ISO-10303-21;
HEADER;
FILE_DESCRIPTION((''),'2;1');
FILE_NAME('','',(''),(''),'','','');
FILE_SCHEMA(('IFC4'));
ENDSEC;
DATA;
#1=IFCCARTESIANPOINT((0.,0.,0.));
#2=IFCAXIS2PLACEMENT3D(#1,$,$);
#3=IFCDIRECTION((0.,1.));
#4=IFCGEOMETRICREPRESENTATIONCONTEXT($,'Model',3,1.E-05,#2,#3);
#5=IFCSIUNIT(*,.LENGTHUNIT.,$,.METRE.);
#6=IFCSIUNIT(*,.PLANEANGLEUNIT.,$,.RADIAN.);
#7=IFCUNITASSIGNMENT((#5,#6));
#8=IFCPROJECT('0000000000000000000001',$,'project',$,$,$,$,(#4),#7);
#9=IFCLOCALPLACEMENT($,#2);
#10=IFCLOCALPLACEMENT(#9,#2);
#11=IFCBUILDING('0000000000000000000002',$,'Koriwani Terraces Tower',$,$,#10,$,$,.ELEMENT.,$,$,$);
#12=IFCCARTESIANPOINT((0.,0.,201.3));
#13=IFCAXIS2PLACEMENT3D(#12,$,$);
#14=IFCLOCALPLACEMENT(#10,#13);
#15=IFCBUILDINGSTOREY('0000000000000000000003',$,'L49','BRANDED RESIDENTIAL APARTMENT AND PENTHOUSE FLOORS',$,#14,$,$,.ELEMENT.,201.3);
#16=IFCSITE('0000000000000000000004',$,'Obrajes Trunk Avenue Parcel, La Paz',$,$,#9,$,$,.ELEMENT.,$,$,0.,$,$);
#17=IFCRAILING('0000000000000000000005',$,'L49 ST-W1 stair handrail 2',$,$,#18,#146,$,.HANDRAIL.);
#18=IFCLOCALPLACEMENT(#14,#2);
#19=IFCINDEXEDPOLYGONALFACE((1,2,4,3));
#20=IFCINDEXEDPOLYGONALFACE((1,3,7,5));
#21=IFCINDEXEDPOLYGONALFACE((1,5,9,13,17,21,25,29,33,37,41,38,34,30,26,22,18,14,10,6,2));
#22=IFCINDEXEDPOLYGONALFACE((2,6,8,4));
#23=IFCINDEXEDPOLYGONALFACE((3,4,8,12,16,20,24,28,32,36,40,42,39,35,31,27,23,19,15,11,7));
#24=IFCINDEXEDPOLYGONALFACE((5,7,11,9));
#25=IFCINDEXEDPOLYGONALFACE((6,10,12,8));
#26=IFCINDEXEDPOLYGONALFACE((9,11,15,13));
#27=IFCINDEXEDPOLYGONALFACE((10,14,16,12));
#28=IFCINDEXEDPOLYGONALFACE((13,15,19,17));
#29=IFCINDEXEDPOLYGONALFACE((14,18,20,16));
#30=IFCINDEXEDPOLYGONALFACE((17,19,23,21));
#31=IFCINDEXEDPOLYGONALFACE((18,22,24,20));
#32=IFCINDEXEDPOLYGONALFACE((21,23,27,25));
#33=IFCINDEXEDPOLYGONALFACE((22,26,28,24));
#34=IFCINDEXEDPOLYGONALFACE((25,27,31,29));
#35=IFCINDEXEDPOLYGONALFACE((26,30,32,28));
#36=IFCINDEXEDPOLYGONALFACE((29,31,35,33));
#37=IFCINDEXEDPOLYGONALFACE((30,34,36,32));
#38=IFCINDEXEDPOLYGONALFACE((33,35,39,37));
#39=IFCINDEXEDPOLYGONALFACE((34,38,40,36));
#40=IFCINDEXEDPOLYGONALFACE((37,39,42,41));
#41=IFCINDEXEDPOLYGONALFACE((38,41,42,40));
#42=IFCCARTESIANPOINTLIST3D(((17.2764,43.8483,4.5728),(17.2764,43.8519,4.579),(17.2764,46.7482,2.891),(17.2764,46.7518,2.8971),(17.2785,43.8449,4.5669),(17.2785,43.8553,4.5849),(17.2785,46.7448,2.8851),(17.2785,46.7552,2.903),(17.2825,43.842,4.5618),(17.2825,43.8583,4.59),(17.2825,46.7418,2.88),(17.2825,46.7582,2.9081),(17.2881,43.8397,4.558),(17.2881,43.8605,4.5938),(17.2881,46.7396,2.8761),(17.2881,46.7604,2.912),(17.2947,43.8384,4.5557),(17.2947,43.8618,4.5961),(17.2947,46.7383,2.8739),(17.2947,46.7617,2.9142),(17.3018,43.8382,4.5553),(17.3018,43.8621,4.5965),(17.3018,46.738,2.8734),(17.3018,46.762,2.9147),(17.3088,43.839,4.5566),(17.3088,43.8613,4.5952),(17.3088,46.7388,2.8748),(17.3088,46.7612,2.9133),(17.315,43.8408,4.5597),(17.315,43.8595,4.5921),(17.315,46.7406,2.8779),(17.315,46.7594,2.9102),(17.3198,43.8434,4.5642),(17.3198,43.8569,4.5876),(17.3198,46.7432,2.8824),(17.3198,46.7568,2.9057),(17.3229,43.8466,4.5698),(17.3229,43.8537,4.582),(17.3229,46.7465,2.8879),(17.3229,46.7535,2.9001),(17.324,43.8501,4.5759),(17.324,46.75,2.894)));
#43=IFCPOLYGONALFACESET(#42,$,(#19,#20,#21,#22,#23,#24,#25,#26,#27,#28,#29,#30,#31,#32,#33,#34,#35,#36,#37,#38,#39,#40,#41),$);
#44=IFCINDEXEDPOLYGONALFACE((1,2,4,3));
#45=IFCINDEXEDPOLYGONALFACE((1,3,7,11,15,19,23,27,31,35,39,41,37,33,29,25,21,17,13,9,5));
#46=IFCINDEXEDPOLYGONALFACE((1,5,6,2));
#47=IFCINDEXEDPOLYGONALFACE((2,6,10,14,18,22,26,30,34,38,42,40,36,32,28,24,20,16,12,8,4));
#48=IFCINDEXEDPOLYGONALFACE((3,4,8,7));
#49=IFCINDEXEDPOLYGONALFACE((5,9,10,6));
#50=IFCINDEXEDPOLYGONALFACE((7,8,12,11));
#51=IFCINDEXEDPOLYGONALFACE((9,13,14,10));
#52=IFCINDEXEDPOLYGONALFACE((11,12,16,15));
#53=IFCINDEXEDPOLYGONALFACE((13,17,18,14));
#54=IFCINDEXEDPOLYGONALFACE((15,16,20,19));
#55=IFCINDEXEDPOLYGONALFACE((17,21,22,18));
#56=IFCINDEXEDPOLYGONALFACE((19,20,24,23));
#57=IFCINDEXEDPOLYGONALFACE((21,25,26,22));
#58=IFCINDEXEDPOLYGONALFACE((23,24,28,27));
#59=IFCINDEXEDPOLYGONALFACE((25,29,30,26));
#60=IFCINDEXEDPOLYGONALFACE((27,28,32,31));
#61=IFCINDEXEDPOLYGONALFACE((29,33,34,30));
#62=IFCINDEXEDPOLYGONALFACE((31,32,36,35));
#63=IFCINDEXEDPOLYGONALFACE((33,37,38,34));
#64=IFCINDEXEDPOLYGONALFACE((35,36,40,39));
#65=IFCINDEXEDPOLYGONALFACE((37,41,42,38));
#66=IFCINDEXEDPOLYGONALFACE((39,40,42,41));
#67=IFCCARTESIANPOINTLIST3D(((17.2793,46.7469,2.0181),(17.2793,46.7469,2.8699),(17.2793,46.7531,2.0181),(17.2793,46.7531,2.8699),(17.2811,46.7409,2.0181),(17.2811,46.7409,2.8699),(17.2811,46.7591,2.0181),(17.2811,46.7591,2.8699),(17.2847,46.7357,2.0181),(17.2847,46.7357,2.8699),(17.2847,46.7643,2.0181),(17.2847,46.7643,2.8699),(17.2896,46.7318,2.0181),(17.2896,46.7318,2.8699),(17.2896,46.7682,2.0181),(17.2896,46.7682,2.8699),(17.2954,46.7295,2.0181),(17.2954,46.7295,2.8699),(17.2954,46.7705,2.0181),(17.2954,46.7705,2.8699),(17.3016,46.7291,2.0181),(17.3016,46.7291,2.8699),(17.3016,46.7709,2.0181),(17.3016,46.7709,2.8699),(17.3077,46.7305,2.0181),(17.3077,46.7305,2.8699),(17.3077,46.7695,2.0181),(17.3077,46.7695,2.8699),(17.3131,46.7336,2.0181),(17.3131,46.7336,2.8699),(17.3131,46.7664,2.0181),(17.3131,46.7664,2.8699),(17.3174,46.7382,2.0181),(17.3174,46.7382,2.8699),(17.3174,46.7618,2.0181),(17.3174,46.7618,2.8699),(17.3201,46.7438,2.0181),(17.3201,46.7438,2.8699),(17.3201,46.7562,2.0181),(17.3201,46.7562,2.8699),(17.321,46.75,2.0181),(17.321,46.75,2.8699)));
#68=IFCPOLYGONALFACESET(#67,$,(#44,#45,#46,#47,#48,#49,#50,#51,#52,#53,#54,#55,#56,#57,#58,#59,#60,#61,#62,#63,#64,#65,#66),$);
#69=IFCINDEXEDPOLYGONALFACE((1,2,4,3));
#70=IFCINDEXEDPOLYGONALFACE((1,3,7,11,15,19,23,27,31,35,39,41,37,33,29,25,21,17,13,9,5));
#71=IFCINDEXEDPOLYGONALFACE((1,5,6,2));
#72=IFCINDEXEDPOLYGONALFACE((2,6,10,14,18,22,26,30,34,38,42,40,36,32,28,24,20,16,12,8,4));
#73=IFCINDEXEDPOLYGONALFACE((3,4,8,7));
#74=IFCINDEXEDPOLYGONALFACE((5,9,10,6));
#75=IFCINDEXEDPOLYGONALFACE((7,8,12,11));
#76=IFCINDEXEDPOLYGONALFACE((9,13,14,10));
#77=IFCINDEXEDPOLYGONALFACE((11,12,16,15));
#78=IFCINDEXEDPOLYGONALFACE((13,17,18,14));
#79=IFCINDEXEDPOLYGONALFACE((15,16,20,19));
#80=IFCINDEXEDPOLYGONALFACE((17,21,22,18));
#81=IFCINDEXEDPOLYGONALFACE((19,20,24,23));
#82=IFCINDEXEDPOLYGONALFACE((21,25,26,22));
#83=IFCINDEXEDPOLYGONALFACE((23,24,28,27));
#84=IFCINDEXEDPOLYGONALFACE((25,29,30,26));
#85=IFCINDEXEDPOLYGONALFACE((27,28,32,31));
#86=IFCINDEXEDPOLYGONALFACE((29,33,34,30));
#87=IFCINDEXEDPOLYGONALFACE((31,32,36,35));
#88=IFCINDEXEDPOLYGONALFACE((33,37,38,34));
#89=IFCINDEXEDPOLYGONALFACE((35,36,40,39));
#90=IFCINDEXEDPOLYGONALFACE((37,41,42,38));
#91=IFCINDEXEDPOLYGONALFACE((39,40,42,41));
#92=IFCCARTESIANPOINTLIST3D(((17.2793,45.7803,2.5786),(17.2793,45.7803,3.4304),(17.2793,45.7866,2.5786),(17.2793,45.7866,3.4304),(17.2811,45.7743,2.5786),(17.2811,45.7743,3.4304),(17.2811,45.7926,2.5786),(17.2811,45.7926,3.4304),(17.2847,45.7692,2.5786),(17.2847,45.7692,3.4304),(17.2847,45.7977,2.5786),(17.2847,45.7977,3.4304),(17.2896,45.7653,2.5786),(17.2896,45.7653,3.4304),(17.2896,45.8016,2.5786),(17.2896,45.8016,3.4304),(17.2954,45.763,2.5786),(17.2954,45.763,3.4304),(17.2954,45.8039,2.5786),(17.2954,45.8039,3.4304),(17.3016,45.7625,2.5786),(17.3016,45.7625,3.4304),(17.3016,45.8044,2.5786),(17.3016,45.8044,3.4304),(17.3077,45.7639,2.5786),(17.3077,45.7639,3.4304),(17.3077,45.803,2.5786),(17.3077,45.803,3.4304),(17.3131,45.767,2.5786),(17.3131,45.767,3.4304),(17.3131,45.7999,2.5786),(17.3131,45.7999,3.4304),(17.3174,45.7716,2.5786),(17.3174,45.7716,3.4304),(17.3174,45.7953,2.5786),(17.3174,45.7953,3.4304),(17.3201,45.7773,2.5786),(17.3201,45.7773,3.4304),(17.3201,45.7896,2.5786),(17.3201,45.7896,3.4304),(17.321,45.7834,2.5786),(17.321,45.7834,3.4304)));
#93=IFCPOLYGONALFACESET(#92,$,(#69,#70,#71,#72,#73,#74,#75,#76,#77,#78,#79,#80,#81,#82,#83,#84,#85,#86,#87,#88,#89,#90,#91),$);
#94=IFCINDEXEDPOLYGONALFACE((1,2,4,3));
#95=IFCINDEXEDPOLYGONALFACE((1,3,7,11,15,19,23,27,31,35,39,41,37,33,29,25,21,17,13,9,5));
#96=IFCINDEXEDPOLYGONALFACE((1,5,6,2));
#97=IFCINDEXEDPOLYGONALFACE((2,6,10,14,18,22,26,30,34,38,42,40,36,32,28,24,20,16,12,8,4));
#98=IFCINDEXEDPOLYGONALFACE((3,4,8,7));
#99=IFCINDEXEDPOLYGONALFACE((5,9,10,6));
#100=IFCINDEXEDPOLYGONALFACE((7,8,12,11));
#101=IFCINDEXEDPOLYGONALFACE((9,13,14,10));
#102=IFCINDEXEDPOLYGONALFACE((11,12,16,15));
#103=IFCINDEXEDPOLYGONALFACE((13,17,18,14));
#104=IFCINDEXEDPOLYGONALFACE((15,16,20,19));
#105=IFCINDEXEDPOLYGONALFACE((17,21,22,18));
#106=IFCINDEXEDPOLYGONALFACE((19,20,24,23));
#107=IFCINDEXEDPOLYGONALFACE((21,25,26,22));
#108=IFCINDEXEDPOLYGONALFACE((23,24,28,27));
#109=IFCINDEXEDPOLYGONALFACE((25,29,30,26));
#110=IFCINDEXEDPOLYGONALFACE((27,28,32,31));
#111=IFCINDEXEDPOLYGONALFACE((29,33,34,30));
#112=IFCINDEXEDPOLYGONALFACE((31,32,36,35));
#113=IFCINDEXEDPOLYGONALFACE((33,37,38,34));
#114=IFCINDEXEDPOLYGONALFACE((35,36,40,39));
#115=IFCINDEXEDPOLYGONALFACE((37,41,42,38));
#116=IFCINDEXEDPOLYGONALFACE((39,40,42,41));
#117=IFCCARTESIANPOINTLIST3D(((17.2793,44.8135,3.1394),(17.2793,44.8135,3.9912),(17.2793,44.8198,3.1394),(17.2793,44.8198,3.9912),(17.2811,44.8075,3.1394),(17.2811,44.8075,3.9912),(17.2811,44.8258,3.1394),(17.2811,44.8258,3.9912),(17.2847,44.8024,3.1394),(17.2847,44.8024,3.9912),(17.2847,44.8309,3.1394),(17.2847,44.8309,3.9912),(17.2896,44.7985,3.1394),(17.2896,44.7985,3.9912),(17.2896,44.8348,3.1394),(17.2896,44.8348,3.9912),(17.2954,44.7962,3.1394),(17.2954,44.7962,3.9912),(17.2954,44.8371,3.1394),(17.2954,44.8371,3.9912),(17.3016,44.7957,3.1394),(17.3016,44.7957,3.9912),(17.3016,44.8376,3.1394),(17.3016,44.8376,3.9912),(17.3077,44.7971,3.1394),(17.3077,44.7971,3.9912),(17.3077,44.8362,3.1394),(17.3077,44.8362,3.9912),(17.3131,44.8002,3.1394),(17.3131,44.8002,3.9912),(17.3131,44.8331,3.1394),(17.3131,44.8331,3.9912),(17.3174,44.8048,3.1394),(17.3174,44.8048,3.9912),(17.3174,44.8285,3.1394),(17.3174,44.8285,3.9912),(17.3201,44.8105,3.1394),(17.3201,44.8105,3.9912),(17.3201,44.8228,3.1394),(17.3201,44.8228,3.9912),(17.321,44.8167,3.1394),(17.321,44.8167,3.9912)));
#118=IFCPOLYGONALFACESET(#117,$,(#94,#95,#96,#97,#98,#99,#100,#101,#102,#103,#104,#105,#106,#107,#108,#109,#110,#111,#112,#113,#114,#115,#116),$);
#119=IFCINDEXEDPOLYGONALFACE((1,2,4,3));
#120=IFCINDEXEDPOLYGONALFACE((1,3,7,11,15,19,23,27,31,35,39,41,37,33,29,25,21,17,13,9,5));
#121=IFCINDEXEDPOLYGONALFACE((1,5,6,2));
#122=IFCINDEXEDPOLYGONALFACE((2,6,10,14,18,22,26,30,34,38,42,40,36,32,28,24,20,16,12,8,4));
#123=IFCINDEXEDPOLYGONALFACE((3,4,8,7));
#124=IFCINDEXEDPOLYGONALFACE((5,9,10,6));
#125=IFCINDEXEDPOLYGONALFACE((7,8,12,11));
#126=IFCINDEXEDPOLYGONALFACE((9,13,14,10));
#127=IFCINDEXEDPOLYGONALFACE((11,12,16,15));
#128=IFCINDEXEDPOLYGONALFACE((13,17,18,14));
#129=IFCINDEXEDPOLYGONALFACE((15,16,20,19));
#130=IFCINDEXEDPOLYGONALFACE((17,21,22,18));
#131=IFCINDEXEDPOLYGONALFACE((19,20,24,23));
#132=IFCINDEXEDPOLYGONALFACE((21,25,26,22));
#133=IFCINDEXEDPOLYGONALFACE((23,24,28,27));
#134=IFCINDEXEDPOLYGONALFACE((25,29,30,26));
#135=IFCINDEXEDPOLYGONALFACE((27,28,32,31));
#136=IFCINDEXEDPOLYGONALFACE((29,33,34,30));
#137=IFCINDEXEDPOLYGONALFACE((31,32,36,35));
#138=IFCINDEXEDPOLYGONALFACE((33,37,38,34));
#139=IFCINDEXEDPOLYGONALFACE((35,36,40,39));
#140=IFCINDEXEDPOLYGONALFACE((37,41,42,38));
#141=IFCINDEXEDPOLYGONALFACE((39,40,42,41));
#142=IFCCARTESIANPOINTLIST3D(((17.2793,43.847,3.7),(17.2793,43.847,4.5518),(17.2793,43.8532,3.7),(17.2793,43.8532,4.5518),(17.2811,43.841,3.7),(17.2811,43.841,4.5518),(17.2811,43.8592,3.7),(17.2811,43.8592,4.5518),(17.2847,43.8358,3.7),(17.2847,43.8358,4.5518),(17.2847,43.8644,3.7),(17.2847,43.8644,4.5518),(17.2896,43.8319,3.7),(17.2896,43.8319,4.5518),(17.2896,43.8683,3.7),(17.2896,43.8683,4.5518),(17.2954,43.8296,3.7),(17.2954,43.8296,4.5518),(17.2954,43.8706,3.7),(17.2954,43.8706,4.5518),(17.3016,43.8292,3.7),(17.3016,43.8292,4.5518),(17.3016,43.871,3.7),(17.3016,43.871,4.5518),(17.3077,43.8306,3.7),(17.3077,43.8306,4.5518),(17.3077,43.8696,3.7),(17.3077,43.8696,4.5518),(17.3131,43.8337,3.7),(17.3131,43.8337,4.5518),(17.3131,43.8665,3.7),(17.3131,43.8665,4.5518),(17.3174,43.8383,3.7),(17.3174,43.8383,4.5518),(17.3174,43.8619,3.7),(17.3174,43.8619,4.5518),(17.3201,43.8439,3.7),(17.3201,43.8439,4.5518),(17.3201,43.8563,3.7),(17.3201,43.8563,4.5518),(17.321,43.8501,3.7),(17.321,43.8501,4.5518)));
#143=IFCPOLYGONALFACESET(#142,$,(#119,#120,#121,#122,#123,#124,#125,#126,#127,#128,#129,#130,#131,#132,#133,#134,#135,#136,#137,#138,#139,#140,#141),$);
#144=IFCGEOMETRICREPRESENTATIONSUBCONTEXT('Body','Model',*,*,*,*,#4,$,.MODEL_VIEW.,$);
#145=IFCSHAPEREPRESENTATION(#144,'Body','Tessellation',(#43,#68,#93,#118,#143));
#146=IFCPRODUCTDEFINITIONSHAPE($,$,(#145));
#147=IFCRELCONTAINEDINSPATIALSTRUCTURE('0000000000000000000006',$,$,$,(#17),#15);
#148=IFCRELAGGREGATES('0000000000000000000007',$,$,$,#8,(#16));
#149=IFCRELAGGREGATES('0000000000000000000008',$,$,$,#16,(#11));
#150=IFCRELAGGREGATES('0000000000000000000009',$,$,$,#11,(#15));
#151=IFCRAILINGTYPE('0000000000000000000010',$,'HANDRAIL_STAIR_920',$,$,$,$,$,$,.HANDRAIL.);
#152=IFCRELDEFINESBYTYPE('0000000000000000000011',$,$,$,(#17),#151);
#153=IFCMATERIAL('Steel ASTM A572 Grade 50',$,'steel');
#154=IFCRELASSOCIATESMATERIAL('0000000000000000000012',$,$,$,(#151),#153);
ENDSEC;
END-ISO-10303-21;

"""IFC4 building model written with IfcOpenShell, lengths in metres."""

from ifc_helpers import new_model, si_unit, direction, frame, origin, origin_2d, place, context, subcontext, project, spatial, circle, extrude, material, type_object, element, save


model = new_model("IFC4")

# Units and contexts
model_context = context("Model", 3, precision=1e-05, world=origin(), true_north=direction((0.0, 1.0)))
body_context = subcontext(model_context, "Body", "Model", "MODEL_VIEW")
ifc_project = project(units=[si_unit("LENGTHUNIT", "METRE"), si_unit("PLANEANGLEUNIT", "RADIAN")], contexts=[model_context])

# Site, building, storey
site_placement = place(None, origin())
site = spatial("IfcSite", under=ifc_project, at=site_placement, Name="Obrajes Trunk Avenue Parcel, La Paz", CompositionType="ELEMENT", RefElevation=0.0)
building_placement = place(site_placement, origin())
building = spatial("IfcBuilding", under=site, at=building_placement, Name="Koriwani Terraces Tower", CompositionType="ELEMENT")
storey_placement = place(building_placement, frame((0.0, 0.0, 201.3)))
storey = spatial("IfcBuildingStorey", under=building, at=storey_placement, Name="L49", Description="BRANDED RESIDENTIAL APARTMENT AND PENTHOUSE FLOORS", CompositionType="ELEMENT", Elevation=201.3)

# Shared definitions
ifc_material_1 = material(Name="Steel ASTM A572 Grade 50", Category="steel")

# Railing
railing_type = type_object("IfcRailingType", Name="HANDRAIL_STAIR_920", PredefinedType="HANDRAIL", material=ifc_material_1)
railing_placement = place(storey_placement, frame((17.3, 46.75, 2.0181)))
element("IfcRailing", 1, at=railing_placement, inside=storey, type_object=railing_type, Name="L49 ST-W1 stair handrail 2", PredefinedType="HANDRAIL", context=body_context, shape_type="SweptSolid", body=[
    extrude(circle(Radius=0.0239, at=origin_2d()), frame((0.0, 0.0, 0.876), z_axis=(0.0, -0.865039, 0.501705), x_axis=(1.0, 0.0, 0.0)), (0.0, 0.0, 1.0), 3.3523),
    extrude(circle(Radius=0.021, at=origin_2d()), origin(), (0.0, 0.0, 1.0), 0.8518),
    extrude(circle(Radius=0.021, at=origin_2d()), frame((0.0, -0.9666, 0.5605)), (0.0, 0.0, 1.0), 0.8518),
    extrude(circle(Radius=0.021, at=origin_2d()), frame((0.0, -1.9333, 1.1213)), (0.0, 0.0, 1.0), 0.8518),
    extrude(circle(Radius=0.021, at=origin_2d()), frame((0.0, -2.8999, 1.6819)), (0.0, 0.0, 1.0), 0.8518),
])

save(model, "model.ifc")
